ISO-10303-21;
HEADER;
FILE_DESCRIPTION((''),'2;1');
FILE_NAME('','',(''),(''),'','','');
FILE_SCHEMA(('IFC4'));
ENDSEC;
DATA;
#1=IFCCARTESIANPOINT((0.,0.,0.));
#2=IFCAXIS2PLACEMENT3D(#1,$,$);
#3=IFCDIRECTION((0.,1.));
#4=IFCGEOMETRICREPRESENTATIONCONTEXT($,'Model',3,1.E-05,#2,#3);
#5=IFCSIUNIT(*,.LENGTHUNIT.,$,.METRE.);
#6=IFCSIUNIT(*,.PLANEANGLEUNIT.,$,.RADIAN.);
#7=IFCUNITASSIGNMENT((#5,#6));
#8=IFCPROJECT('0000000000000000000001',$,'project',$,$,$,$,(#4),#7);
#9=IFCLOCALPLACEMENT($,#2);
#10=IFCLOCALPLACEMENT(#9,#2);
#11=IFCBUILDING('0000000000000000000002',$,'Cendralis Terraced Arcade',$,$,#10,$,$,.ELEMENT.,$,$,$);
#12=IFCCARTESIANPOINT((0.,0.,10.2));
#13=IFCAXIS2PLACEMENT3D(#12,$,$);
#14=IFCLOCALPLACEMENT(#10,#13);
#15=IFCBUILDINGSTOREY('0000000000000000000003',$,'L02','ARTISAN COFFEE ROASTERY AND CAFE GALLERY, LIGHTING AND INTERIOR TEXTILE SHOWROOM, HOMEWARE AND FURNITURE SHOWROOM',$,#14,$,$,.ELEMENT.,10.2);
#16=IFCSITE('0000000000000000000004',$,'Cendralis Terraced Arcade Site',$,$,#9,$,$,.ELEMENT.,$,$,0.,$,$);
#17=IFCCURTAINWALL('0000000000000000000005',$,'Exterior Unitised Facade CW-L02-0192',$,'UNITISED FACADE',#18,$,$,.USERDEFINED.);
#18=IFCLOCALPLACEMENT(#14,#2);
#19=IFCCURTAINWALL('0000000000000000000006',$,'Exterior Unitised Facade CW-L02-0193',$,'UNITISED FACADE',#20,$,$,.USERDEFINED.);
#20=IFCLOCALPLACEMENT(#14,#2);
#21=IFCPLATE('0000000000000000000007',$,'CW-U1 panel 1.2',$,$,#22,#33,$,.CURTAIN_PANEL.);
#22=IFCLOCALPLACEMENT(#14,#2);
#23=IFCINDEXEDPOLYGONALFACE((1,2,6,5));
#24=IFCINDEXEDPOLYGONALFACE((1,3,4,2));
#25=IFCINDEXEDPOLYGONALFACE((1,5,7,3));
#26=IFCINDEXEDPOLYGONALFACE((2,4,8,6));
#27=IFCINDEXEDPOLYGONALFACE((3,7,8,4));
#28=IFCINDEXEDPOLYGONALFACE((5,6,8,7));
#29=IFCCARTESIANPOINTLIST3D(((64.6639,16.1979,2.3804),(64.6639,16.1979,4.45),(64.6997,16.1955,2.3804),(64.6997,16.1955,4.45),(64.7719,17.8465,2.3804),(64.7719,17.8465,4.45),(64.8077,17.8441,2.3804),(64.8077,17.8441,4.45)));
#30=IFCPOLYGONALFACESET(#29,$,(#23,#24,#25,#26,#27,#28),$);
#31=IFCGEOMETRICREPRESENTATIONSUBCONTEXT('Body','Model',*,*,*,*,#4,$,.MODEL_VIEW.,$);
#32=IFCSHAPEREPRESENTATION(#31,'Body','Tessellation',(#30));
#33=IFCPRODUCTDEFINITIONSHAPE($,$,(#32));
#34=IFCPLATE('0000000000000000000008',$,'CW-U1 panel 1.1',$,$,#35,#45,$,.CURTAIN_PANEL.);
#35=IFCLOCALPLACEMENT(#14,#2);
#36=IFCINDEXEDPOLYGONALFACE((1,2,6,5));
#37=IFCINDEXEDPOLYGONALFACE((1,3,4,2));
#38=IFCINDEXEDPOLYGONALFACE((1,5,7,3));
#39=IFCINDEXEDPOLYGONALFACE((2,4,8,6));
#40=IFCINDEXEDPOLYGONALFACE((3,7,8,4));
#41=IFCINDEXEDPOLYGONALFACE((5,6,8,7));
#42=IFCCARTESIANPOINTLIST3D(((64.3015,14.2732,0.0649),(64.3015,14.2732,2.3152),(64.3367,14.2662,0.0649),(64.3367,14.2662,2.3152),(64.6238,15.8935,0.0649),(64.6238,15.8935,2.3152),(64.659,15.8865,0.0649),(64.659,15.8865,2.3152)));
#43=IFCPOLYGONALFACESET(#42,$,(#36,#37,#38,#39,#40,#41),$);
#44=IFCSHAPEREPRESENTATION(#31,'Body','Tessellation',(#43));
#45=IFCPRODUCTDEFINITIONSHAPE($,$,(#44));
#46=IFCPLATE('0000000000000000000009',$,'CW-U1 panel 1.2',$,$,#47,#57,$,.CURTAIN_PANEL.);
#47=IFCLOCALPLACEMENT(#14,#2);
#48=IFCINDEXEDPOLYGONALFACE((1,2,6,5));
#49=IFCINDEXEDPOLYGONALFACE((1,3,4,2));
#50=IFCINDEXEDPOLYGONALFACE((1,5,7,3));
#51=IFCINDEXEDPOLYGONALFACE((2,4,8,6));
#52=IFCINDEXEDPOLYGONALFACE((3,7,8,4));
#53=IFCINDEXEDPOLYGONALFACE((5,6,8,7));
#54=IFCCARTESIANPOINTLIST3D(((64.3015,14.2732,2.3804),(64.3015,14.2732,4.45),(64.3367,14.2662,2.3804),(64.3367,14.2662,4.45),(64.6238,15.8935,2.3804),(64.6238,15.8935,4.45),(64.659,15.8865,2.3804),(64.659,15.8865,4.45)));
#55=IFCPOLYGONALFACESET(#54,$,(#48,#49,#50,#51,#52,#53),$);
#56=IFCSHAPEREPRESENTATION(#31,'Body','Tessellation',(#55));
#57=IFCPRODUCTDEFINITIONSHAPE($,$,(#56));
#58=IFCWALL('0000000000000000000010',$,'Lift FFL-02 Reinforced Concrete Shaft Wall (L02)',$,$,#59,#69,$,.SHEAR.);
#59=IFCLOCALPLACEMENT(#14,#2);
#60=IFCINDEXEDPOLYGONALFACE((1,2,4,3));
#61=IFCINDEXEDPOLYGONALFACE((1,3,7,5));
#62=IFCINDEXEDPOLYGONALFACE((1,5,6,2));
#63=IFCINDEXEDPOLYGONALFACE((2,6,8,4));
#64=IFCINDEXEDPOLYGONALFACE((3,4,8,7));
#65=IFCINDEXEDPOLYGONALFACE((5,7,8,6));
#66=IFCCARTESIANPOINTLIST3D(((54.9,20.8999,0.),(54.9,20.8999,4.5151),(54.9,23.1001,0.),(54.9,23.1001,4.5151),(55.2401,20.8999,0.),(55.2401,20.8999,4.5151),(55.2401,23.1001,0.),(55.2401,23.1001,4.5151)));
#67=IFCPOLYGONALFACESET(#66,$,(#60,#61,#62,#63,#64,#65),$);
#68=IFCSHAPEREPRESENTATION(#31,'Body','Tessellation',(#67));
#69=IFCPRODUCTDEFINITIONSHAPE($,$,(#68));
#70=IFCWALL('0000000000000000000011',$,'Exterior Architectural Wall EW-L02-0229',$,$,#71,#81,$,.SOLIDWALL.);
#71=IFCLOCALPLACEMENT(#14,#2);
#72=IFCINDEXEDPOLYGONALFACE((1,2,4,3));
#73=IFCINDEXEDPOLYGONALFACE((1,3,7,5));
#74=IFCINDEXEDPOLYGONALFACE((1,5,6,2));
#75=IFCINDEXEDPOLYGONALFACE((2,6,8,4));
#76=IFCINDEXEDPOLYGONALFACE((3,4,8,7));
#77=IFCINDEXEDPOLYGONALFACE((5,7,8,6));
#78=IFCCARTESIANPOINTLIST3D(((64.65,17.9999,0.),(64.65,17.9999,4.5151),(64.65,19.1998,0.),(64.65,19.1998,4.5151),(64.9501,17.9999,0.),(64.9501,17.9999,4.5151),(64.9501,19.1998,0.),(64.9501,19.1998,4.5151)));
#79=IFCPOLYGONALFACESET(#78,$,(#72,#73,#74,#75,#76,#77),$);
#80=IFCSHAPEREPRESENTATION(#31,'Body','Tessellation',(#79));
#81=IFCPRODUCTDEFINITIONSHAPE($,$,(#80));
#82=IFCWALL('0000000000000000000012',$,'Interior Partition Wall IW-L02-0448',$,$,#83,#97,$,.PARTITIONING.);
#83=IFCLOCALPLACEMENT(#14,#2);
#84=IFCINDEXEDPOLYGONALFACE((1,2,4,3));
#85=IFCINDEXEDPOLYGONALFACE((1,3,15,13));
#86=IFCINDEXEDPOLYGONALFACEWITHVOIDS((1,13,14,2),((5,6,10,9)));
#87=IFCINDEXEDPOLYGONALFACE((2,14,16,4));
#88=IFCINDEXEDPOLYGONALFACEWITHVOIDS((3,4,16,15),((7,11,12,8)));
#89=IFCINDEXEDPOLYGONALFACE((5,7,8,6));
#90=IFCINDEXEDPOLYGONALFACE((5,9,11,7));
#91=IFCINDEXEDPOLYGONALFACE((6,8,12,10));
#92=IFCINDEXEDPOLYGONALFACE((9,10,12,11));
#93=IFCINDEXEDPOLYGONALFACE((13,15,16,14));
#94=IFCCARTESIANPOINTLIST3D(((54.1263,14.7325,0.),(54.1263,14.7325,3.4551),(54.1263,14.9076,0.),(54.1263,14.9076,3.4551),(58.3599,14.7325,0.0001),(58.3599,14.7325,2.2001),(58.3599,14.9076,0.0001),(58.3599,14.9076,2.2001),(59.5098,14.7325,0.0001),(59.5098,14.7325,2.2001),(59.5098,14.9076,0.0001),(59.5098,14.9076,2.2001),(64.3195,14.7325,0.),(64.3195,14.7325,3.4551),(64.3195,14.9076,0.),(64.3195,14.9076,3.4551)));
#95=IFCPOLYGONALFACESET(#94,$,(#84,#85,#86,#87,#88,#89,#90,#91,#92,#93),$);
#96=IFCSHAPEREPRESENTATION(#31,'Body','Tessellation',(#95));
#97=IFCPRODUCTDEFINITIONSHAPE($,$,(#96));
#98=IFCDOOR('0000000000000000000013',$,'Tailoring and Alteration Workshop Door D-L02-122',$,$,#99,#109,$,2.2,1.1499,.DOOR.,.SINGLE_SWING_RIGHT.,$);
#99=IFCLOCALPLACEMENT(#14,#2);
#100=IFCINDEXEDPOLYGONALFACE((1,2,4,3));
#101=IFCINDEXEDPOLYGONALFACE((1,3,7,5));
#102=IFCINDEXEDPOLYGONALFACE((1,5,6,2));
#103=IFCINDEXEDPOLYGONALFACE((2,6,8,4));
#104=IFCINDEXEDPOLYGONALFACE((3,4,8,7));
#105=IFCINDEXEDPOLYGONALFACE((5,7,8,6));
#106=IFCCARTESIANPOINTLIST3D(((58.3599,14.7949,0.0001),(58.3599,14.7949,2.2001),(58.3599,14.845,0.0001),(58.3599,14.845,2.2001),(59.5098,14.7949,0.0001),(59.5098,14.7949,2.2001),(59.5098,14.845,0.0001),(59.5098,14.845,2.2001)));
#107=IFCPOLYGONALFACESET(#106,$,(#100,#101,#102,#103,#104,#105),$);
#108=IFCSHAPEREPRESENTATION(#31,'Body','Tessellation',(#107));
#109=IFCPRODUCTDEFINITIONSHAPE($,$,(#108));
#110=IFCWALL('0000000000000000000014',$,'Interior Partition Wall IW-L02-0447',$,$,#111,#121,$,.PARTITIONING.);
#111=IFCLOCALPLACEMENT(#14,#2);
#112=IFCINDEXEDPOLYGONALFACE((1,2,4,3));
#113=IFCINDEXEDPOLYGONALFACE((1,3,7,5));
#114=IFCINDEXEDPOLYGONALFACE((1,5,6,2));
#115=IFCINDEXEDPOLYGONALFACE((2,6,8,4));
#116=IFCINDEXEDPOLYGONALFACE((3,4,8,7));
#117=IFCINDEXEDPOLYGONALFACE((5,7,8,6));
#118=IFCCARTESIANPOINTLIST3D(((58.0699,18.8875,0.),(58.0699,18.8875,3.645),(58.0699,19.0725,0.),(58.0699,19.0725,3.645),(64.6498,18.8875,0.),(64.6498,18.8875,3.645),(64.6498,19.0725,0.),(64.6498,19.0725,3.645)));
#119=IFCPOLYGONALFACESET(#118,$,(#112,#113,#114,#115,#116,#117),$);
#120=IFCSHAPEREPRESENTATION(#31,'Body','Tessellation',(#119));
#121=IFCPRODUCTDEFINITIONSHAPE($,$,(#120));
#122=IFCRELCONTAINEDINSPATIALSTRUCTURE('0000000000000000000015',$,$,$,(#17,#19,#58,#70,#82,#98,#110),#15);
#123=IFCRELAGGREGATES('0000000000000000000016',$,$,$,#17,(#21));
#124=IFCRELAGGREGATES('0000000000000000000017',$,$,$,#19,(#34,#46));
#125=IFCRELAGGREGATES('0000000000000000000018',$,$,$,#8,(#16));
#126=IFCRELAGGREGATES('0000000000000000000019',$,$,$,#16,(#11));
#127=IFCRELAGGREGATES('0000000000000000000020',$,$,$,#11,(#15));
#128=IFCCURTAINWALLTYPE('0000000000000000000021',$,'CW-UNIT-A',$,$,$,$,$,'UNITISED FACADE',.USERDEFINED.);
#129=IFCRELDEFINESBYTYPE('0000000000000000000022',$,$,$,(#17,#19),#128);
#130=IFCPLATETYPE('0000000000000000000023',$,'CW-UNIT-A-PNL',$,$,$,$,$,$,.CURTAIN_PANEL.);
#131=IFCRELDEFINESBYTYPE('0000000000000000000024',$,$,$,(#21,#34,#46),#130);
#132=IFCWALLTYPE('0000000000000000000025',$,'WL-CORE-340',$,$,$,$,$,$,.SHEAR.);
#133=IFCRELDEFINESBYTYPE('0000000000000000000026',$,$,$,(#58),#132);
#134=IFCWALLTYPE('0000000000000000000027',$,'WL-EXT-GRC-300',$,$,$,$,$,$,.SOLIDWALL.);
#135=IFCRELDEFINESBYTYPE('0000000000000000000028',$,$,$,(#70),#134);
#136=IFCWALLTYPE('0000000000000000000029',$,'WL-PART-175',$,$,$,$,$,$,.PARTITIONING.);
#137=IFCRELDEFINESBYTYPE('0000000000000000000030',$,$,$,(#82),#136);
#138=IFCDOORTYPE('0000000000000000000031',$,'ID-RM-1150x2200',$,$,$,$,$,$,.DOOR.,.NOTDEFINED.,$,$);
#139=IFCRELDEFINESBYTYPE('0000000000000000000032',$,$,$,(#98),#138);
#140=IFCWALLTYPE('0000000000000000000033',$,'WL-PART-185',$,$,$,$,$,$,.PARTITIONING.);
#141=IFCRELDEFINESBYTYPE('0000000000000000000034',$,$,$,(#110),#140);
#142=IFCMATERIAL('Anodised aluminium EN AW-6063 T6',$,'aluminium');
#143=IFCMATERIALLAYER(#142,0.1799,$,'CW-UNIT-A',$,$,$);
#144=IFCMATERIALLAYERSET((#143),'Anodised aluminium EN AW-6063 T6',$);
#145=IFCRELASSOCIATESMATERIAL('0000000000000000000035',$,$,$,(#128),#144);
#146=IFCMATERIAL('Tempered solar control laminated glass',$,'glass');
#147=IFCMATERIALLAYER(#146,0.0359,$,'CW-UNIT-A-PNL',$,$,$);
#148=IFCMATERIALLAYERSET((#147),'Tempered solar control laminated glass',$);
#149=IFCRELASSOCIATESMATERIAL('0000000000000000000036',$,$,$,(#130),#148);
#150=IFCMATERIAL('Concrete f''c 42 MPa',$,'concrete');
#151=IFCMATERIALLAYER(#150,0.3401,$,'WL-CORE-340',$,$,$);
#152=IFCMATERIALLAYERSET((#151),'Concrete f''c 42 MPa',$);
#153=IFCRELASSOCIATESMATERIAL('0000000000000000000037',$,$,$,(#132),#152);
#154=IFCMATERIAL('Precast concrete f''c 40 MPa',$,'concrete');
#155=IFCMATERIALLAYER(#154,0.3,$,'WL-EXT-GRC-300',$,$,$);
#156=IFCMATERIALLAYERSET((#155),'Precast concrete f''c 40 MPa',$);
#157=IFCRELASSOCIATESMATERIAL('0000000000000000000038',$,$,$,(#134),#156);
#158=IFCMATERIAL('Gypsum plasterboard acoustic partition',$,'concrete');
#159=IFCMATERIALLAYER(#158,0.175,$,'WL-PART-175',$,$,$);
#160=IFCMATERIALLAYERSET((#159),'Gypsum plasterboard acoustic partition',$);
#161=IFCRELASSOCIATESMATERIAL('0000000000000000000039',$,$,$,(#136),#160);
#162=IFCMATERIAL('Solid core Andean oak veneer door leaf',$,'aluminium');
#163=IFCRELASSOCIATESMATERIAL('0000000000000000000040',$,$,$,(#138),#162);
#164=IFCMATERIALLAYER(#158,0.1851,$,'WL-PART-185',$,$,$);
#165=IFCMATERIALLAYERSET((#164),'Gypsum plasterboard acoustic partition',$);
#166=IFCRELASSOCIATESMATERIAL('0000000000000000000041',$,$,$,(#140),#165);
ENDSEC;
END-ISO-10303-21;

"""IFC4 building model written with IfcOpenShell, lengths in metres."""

from ifc_helpers import new_model, si_unit, direction, frame, frame_2d, origin, origin_2d, place, context, subcontext, project, spatial, rectangle, extrude, material, layer, layer_set, type_object, element, fill, aggregate, save


model = new_model("IFC4")

# Units and contexts
model_context = context("Model", 3, precision=1e-05, world=origin(), true_north=direction((0.0, 1.0)))
body_context = subcontext(model_context, "Body", "Model", "MODEL_VIEW")
ifc_project = project(units=[si_unit("LENGTHUNIT", "METRE"), si_unit("PLANEANGLEUNIT", "RADIAN")], contexts=[model_context])

# Site, building, storey
site_placement = place(None, origin())
site = spatial("IfcSite", under=ifc_project, at=site_placement, Name="Cendralis Terraced Arcade Site", CompositionType="ELEMENT", RefElevation=0.0)
building_placement = place(site_placement, origin())
building = spatial("IfcBuilding", under=site, at=building_placement, Name="Cendralis Terraced Arcade", CompositionType="ELEMENT")
storey_placement = place(building_placement, frame((0.0, 0.0, 10.2)))
storey = spatial("IfcBuildingStorey", under=building, at=storey_placement, Name="L02", Description="ARTISAN COFFEE ROASTERY AND CAFE GALLERY, LIGHTING AND INTERIOR TEXTILE SHOWROOM, HOMEWARE AND FURNITURE SHOWROOM", CompositionType="ELEMENT", Elevation=10.2)

# Shared definitions
ifc_material_1 = material(Name="Concrete f'c 42 MPa", Category="concrete")

# Curtain wall
ifc_material_2 = material(Name="Anodised aluminium EN AW-6063 T6", Category="aluminium")
ifc_layer_1 = layer(ifc_material_2, 0.1799, Name="CW-UNIT-A")
ifc_layer_set_1 = layer_set([ifc_layer_1], Name="Anodised aluminium EN AW-6063 T6")
curtain_wall_type = type_object("IfcCurtainWallType", Name="CW-UNIT-A", ElementType="UNITISED FACADE", PredefinedType="USERDEFINED", material=ifc_layer_set_1)
curtain_wall_1_placement = place(storey_placement, origin())
curtain_wall_1 = element("IfcCurtainWall", 1, at=curtain_wall_1_placement, inside=storey, type_object=curtain_wall_type, Name="Exterior Unitised Facade CW-L02-0192", ObjectType="UNITISED FACADE", PredefinedType="USERDEFINED")

# Curtain wall
curtain_wall_2_placement = place(storey_placement, origin())
curtain_wall_2 = element("IfcCurtainWall", 2, at=curtain_wall_2_placement, inside=storey, type_object=curtain_wall_type, Name="Exterior Unitised Facade CW-L02-0193", ObjectType="UNITISED FACADE", PredefinedType="USERDEFINED")

# Plates
ifc_material_3 = material(Name="Tempered solar control laminated glass", Category="glass")
ifc_layer_2 = layer(ifc_material_3, 0.0359, Name="CW-UNIT-A-PNL")
ifc_layer_set_2 = layer_set([ifc_layer_2], Name="Tempered solar control laminated glass")
plate_type = type_object("IfcPlateType", Name="CW-UNIT-A-PNL", PredefinedType="CURTAIN_PANEL", material=ifc_layer_set_2)
plate_1_placement = place(storey_placement, frame((64.7358, 17.021, 2.3804), z_axis=(0.0, 0.0, 1.0), x_axis=(-0.065372, -0.997861, 0.0)))
plate_1 = element("IfcPlate", 3, at=plate_1_placement, type_object=plate_type, Name="CW-U1 panel 1.2", PredefinedType="CURTAIN_PANEL", context=body_context, shape_type="SweptSolid", body=[
    extrude(rectangle(XDim=1.6521, YDim=0.0359, at=origin_2d()), origin(), (0.0, 0.0, 1.0), 2.0696),
])
aggregate(curtain_wall_1, [plate_1])
plate_2_placement = place(storey_placement, frame((64.4802, 15.0798, 0.0649), z_axis=(0.0, 0.0, 1.0), x_axis=(-0.195058, -0.980792, 0.0)))
plate_2 = element("IfcPlate", 4, at=plate_2_placement, type_object=plate_type, Name="CW-U1 panel 1.1", PredefinedType="CURTAIN_PANEL", context=body_context, shape_type="SweptSolid", body=[
    extrude(rectangle(XDim=1.6521, YDim=0.0359, at=origin_2d()), origin(), (0.0, 0.0, 1.0), 2.2502),
])
plate_3_placement = place(storey_placement, frame((64.4802, 15.0798, 2.3804), z_axis=(0.0, 0.0, 1.0), x_axis=(-0.195058, -0.980792, 0.0)))
plate_3 = element("IfcPlate", 5, at=plate_3_placement, type_object=plate_type, Name="CW-U1 panel 1.2", PredefinedType="CURTAIN_PANEL", context=body_context, shape_type="SweptSolid", body=[
    extrude(rectangle(XDim=1.6521, YDim=0.0359, at=origin_2d()), origin(), (0.0, 0.0, 1.0), 2.0696),
])
aggregate(curtain_wall_2, [plate_2, plate_3])

# Walls
ifc_layer_3 = layer(ifc_material_1, 0.3401, Name="WL-CORE-340")
ifc_layer_set_3 = layer_set([ifc_layer_3], Name="Concrete f'c 42 MPa")
wall_type_1 = type_object("IfcWallType", Name="WL-CORE-340", PredefinedType="SHEAR", material=ifc_layer_set_3)
wall_1_placement = place(storey_placement, frame((55.0701, 20.8999, 0.0), z_axis=(0.0, 0.0, 1.0), x_axis=(0.0, 1.0, 0.0)))
element("IfcWall", 6, at=wall_1_placement, inside=storey, type_object=wall_type_1, Name="Lift FFL-02 Reinforced Concrete Shaft Wall (L02)", PredefinedType="SHEAR", context=body_context, shape_type="SweptSolid", body=[
    extrude(rectangle(XDim=2.2002, YDim=0.3401, at=frame_2d((1.1001, 0.0))), origin(), (0.0, 0.0, 1.0), 4.5151),
])
ifc_material_4 = material(Name="Precast concrete f'c 40 MPa", Category="concrete")
ifc_layer_4 = layer(ifc_material_4, 0.3, Name="WL-EXT-GRC-300")
ifc_layer_set_4 = layer_set([ifc_layer_4], Name="Precast concrete f'c 40 MPa")
wall_type_2 = type_object("IfcWallType", Name="WL-EXT-GRC-300", PredefinedType="SOLIDWALL", material=ifc_layer_set_4)
wall_2_placement = place(storey_placement, frame((64.8, 19.2, 0.0), z_axis=(0.0, 0.0, 1.0), x_axis=(0.0, -1.0, 0.0)))
element("IfcWall", 7, at=wall_2_placement, inside=storey, type_object=wall_type_2, Name="Exterior Architectural Wall EW-L02-0229", PredefinedType="SOLIDWALL", context=body_context, shape_type="SweptSolid", body=[
    extrude(rectangle(XDim=1.2, YDim=0.3, at=frame_2d((0.6001, 0.0))), origin(), (0.0, 0.0, 1.0), 4.5151),
])

# Wall, opening, door
ifc_material_5 = material(Name="Gypsum plasterboard acoustic partition", Category="concrete")
ifc_layer_5 = layer(ifc_material_5, 0.175, Name="WL-PART-175")
ifc_layer_set_5 = layer_set([ifc_layer_5], Name="Gypsum plasterboard acoustic partition")
wall_type_3 = type_object("IfcWallType", Name="WL-PART-175", PredefinedType="PARTITIONING", material=ifc_layer_set_5)
wall_3_placement = place(storey_placement, frame((54.1262, 14.8201, 0.0), z_axis=(0.0, 0.0, 1.0), x_axis=(1.0, 0.0, 0.0)))
wall_3 = element("IfcWall", 8, at=wall_3_placement, inside=storey, type_object=wall_type_3, Name="Interior Partition Wall IW-L02-0448", PredefinedType="PARTITIONING", context=body_context, shape_type="SweptSolid", body=[
    extrude(rectangle(XDim=10.1931, YDim=0.175, at=frame_2d((5.0967, 0.0))), origin(), (0.0, 0.0, 1.0), 3.4551),
])
opening_placement = place(wall_3_placement, frame((4.2336, 0.0, 0.0)))
opening = element("IfcOpeningElement", 9, at=opening_placement, cuts=wall_3, PredefinedType="OPENING", context=body_context, shape_type="SweptSolid", body=[
    extrude(rectangle(XDim=1.1499, YDim=2.2, at=frame_2d((0.575, 1.1001))), frame((0.0, 0.0996, 0.0), z_axis=(0.0, -1.0, 0.0), x_axis=(1.0, 0.0, 0.0)), (0.0, 0.0, 1.0), 0.199),
])
ifc_material_6 = material(Name="Solid core Andean oak veneer door leaf", Category="aluminium")
door_type = type_object("IfcDoorType", Name="ID-RM-1150x2200", OperationType="NOTDEFINED", PredefinedType="DOOR", material=ifc_material_6)
door_placement = place(opening_placement, origin())
door = element("IfcDoor", 10, at=door_placement, inside=storey, type_object=door_type, Name="Tailoring and Alteration Workshop Door D-L02-122", OperationType="SINGLE_SWING_RIGHT", OverallHeight=2.2, OverallWidth=1.1499, PredefinedType="DOOR", context=body_context, shape_type="SweptSolid", body=[
    extrude(rectangle(XDim=1.1499, YDim=2.2, at=frame_2d((0.575, 1.1001))), frame((0.0, 0.0249, 0.0), z_axis=(0.0, -1.0, 0.0), x_axis=(1.0, 0.0, 0.0)), (0.0, 0.0, 1.0), 0.05),
])
fill(opening, door)

# Wall
ifc_layer_6 = layer(ifc_material_5, 0.1851, Name="WL-PART-185")
ifc_layer_set_6 = layer_set([ifc_layer_6], Name="Gypsum plasterboard acoustic partition")
wall_type_4 = type_object("IfcWallType", Name="WL-PART-185", PredefinedType="PARTITIONING", material=ifc_layer_set_6)
wall_4_placement = place(storey_placement, frame((64.6499, 18.98, 0.0), z_axis=(0.0, 0.0, 1.0), x_axis=(-1.0, 0.0, 0.0)))
element("IfcWall", 11, at=wall_4_placement, inside=storey, type_object=wall_type_4, Name="Interior Partition Wall IW-L02-0447", PredefinedType="PARTITIONING", context=body_context, shape_type="SweptSolid", body=[
    extrude(rectangle(XDim=6.5798, YDim=0.1851, at=frame_2d((3.29, 0.0))), origin(), (0.0, 0.0, 1.0), 3.645),
])

save(model, "model.ifc")
